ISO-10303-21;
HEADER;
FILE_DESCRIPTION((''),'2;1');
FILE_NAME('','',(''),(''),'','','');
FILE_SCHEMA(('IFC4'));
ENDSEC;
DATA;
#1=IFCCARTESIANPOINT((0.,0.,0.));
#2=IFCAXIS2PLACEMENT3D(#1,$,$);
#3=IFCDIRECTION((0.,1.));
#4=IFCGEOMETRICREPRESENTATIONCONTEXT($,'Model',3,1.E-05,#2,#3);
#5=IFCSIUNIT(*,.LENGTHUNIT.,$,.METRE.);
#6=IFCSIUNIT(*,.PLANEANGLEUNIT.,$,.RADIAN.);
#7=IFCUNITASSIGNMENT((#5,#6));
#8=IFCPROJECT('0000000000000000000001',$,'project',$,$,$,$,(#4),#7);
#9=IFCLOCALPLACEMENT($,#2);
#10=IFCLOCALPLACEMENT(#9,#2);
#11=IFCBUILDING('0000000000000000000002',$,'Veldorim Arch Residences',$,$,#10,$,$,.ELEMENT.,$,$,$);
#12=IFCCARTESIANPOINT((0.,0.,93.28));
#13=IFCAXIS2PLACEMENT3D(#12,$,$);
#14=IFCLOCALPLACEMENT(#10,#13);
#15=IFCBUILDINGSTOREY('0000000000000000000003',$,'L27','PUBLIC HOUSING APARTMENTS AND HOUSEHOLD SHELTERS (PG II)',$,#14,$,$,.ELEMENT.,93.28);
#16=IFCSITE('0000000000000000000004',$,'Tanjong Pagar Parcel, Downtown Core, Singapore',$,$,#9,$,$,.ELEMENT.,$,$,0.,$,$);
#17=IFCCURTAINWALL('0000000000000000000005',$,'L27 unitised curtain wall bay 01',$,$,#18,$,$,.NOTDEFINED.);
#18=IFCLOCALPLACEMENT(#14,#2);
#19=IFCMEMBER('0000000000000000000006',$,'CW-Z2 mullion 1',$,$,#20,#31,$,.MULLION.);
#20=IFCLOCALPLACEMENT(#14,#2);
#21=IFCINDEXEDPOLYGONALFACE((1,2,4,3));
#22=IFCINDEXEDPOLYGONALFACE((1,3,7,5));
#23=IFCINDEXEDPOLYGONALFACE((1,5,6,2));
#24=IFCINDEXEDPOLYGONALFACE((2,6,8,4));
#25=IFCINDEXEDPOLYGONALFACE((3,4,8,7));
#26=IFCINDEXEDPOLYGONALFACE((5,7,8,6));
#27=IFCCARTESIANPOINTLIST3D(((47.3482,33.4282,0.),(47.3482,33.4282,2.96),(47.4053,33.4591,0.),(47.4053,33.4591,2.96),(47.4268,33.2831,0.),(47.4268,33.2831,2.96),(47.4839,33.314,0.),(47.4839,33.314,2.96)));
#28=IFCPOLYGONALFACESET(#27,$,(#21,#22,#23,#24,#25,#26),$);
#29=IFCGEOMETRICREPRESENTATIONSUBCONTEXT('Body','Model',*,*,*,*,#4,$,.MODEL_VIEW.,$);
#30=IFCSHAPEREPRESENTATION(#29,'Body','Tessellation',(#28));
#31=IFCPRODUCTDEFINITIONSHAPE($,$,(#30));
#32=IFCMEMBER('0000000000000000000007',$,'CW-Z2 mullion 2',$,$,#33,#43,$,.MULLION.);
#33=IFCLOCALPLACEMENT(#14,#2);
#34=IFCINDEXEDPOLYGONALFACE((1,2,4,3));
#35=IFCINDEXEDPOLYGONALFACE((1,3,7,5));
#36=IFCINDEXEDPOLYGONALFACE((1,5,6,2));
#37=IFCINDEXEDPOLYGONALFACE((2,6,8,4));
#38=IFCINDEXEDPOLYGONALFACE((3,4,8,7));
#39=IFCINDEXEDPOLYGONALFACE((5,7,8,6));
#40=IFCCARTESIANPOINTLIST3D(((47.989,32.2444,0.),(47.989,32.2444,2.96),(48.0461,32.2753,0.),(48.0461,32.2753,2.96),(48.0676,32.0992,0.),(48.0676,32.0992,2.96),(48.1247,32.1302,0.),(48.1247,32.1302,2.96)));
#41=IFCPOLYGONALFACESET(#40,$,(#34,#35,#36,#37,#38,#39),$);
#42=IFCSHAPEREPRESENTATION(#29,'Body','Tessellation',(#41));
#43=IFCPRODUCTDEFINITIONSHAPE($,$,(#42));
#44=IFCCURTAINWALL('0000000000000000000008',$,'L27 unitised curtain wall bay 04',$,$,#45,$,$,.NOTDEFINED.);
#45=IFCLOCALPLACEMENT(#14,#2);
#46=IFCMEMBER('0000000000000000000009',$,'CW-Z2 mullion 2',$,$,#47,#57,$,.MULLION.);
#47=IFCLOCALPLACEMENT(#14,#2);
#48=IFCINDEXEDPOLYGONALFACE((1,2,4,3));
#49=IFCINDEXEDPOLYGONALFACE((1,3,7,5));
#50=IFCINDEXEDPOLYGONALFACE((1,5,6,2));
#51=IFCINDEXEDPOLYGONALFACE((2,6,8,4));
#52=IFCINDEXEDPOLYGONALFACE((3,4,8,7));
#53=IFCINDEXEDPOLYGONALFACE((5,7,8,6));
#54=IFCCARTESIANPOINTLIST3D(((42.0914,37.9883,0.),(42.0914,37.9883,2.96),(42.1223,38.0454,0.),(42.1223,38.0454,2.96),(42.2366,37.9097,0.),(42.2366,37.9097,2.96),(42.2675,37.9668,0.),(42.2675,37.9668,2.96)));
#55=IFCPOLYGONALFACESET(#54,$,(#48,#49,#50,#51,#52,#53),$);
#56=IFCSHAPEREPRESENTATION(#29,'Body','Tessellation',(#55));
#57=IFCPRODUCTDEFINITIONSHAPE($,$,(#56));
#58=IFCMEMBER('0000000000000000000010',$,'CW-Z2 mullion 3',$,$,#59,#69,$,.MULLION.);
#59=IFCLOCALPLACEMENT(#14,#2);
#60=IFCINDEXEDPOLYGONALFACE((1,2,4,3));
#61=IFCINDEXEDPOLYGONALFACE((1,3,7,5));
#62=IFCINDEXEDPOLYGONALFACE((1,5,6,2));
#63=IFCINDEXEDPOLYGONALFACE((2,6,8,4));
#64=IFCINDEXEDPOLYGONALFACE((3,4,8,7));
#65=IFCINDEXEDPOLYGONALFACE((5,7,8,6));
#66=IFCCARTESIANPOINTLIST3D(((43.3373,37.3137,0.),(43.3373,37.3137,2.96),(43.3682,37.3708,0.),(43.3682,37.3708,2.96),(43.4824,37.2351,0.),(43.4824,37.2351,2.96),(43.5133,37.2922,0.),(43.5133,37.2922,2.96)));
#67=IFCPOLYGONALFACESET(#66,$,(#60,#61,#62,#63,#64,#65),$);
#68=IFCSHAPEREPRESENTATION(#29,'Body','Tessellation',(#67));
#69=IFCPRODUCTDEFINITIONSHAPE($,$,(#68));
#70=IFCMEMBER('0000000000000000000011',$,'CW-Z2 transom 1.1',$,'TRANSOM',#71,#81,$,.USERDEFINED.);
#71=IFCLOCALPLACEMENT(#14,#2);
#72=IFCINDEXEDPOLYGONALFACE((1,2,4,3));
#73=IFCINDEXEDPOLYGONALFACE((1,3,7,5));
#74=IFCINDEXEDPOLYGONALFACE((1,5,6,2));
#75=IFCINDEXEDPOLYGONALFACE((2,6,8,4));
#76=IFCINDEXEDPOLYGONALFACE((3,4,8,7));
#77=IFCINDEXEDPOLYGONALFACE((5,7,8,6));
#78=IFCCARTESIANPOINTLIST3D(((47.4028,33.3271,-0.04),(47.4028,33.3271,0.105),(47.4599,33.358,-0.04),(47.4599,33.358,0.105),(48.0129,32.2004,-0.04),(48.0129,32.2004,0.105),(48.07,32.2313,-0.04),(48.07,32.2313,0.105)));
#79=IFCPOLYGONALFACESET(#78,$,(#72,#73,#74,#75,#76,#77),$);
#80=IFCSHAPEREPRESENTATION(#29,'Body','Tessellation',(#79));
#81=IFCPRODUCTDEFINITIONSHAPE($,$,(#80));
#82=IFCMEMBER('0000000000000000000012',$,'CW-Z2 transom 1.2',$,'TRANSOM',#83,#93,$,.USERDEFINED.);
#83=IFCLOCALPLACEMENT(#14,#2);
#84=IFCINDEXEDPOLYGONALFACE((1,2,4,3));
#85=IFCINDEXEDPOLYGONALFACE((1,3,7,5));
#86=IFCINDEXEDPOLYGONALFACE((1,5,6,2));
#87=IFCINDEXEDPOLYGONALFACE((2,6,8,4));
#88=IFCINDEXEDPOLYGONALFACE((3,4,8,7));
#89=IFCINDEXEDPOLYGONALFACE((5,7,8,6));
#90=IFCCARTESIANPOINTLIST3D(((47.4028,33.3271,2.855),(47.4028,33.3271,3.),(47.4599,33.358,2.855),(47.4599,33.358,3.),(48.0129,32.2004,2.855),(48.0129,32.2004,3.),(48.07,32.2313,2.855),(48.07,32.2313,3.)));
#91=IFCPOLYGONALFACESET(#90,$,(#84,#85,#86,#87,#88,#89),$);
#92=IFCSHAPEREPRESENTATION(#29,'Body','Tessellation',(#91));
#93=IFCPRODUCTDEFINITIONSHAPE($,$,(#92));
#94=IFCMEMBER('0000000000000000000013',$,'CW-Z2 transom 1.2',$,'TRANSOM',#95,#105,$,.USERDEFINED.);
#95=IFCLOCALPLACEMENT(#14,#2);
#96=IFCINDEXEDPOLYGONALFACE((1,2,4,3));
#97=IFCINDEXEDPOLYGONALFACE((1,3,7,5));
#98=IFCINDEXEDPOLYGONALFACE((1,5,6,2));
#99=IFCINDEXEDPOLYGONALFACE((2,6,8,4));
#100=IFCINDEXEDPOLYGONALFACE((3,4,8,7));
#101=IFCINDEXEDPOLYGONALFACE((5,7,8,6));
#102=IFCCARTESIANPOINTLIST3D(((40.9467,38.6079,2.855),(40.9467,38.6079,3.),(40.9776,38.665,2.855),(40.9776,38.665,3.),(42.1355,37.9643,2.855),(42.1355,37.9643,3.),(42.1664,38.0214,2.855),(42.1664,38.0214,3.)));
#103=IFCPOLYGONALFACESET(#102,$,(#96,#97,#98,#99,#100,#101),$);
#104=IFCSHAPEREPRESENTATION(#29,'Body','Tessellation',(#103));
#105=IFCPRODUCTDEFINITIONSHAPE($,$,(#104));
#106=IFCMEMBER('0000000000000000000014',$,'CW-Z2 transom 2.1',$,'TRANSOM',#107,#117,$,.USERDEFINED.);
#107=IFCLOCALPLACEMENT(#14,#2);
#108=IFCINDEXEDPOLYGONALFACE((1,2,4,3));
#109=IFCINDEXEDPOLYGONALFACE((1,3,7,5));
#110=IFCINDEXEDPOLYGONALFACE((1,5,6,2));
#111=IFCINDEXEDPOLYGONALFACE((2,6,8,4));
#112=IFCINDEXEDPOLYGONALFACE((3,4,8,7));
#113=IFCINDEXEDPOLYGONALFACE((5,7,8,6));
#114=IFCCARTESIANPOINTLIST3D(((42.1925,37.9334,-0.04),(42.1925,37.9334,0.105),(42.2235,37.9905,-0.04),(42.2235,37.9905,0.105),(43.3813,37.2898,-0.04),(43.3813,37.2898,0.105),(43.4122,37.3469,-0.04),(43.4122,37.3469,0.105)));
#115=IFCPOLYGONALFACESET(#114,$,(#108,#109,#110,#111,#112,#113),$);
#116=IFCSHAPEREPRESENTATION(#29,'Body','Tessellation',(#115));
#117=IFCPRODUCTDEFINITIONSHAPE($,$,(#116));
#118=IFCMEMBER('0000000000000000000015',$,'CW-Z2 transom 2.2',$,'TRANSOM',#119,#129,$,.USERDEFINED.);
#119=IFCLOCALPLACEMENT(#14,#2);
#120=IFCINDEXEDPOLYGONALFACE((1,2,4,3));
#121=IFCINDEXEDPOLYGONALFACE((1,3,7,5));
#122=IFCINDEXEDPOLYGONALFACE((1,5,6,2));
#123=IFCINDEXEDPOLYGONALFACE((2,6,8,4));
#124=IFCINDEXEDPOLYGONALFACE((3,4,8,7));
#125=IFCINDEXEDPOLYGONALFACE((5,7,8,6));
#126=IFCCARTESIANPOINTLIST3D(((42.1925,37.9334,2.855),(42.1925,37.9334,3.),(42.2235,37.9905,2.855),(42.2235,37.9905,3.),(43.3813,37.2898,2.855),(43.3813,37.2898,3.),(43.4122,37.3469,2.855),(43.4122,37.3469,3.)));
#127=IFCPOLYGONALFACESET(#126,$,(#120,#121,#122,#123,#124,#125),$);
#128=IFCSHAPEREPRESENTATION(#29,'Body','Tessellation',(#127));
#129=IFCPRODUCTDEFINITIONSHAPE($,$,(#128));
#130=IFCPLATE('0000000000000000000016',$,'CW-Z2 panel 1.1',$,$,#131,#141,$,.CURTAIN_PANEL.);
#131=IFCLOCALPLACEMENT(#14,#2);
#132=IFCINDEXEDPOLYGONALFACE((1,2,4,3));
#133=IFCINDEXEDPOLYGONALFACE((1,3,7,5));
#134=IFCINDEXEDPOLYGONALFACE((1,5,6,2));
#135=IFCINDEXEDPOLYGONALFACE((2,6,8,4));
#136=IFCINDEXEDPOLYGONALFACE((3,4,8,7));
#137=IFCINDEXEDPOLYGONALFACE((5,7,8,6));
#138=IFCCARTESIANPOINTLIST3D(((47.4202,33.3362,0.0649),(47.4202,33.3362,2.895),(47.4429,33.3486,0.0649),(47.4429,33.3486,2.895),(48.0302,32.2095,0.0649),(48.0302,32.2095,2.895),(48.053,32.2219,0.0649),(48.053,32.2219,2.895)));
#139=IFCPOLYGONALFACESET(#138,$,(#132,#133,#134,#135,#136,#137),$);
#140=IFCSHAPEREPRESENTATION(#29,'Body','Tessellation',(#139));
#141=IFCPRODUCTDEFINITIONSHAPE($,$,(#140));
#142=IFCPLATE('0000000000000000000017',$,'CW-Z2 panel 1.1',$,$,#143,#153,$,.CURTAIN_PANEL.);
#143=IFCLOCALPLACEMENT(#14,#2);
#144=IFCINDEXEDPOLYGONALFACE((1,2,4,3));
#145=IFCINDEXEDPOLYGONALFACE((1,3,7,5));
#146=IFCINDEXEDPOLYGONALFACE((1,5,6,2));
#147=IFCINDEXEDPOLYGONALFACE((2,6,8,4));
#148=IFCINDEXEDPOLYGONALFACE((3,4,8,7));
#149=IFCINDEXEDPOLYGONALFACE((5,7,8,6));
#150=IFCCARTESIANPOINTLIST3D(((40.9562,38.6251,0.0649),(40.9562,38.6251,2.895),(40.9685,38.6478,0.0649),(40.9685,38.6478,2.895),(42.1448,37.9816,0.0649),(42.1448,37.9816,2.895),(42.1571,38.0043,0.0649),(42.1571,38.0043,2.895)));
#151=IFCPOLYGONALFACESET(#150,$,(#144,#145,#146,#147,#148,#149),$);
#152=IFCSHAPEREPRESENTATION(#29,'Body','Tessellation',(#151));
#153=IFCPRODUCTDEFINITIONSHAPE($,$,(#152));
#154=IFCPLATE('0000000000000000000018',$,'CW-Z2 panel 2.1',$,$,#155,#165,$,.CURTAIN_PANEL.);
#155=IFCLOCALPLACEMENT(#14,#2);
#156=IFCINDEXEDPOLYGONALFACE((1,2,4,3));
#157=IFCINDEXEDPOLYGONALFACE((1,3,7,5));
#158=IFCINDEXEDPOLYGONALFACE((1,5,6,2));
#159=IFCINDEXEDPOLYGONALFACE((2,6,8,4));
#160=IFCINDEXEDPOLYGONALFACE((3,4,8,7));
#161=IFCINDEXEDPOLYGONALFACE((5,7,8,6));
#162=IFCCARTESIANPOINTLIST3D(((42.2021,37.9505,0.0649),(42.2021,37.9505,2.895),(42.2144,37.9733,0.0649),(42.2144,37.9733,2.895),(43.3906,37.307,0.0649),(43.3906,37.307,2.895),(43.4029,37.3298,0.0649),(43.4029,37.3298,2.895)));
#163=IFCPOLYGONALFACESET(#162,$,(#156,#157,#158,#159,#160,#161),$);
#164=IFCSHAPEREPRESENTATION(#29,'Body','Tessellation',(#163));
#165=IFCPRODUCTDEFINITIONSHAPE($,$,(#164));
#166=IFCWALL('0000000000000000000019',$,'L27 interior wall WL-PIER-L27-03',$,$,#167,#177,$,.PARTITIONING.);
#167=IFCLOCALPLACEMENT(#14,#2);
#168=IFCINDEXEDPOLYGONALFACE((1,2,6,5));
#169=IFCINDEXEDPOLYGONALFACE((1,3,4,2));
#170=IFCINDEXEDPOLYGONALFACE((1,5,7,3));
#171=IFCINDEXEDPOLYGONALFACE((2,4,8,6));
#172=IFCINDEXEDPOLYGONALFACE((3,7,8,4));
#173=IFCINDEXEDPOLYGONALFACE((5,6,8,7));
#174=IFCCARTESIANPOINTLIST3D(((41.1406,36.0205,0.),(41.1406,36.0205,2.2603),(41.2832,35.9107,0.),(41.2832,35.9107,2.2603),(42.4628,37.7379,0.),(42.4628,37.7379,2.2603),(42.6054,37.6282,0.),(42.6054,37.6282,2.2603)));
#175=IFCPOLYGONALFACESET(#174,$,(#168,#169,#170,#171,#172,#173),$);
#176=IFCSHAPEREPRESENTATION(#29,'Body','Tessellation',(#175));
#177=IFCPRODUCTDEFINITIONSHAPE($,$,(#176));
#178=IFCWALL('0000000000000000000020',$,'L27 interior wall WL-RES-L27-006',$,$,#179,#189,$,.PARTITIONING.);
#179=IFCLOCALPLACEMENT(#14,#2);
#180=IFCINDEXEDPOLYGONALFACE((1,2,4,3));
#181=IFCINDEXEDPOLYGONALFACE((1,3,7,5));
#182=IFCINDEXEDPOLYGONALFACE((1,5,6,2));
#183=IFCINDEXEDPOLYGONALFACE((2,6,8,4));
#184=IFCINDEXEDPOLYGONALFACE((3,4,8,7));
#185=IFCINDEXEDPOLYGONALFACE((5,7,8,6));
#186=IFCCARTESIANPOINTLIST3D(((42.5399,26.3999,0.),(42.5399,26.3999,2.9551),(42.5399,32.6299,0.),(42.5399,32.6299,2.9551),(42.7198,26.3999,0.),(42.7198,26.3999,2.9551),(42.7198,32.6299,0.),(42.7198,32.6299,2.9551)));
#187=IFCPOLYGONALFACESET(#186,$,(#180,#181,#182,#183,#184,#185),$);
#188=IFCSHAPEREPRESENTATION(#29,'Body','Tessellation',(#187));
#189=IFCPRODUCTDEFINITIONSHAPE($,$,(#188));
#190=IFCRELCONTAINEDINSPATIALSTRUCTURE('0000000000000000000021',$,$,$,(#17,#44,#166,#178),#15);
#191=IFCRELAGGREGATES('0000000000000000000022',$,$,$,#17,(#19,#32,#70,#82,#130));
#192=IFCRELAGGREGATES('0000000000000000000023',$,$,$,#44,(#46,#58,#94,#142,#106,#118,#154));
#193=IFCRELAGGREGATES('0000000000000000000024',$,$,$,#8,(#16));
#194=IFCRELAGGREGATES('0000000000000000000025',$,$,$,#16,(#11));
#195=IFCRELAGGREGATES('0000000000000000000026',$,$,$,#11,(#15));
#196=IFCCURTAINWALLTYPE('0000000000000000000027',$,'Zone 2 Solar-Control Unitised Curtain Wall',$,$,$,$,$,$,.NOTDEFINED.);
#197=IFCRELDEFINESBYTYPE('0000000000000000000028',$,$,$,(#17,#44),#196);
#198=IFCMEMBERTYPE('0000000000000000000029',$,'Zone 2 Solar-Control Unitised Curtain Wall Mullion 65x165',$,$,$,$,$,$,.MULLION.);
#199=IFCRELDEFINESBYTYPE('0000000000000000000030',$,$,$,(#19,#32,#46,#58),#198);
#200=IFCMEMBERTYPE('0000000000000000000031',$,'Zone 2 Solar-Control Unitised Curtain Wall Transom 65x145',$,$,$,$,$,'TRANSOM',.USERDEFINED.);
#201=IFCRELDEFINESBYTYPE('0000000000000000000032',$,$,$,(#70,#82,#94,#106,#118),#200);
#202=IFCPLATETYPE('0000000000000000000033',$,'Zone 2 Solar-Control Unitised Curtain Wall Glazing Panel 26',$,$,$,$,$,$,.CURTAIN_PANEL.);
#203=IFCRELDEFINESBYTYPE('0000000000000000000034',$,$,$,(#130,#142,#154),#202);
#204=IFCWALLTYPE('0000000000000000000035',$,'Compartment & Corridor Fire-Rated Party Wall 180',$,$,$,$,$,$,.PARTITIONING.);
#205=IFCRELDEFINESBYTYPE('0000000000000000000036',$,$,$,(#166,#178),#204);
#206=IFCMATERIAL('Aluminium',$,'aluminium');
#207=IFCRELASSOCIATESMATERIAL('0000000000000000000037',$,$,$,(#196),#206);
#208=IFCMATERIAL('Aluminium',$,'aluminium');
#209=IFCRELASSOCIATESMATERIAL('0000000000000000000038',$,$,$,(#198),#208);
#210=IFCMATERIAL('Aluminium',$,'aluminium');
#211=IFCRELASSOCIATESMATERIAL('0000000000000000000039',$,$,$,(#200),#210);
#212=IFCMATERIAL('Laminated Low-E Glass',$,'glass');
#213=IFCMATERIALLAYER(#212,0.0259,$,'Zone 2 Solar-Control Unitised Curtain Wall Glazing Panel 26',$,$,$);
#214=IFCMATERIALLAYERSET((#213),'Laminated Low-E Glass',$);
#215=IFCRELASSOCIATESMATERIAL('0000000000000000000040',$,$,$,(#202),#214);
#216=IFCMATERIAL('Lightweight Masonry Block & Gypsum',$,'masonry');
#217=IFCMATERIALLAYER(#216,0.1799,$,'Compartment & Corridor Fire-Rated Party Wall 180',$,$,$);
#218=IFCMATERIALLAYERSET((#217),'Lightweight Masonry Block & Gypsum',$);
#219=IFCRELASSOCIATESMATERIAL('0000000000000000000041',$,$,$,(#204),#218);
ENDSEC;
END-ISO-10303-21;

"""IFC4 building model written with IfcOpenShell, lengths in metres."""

from ifc_helpers import new_model, si_unit, direction, frame, frame_2d, origin, origin_2d, place, context, subcontext, project, spatial, rectangle, extrude, material, layer, layer_set, material_profile, profile_set, type_object, element, aggregate, save


model = new_model("IFC4")

# Units and contexts
model_context = context("Model", 3, precision=1e-05, world=origin(), true_north=direction((0.0, 1.0)))
body_context = subcontext(model_context, "Body", "Model", "MODEL_VIEW")
ifc_project = project(units=[si_unit("LENGTHUNIT", "METRE"), si_unit("PLANEANGLEUNIT", "RADIAN")], contexts=[model_context])

# Site, building, storey
site_placement = place(None, origin())
site = spatial("IfcSite", under=ifc_project, at=site_placement, Name="Tanjong Pagar Parcel, Downtown Core, Singapore", CompositionType="ELEMENT", RefElevation=0.0)
building_placement = place(site_placement, origin())
building = spatial("IfcBuilding", under=site, at=building_placement, Name="Veldorim Arch Residences", CompositionType="ELEMENT")
storey_placement = place(building_placement, frame((0.0, 0.0, 93.28)))
storey = spatial("IfcBuildingStorey", under=building, at=storey_placement, Name="L27", Description="PUBLIC HOUSING APARTMENTS AND HOUSEHOLD SHELTERS (PG II)", CompositionType="ELEMENT", Elevation=93.28)

# Curtain walls, members
ifc_material_1 = material(Name="Aluminium", Category="aluminium")
curtain_wall_type = type_object("IfcCurtainWallType", Name="Zone 2 Solar-Control Unitised Curtain Wall", PredefinedType="NOTDEFINED", material=ifc_material_1)
curtain_wall_1_placement = place(storey_placement, origin())
curtain_wall_1 = element("IfcCurtainWall", 1, at=curtain_wall_1_placement, inside=storey, type_object=curtain_wall_type, Name="L27 unitised curtain wall bay 01", PredefinedType="NOTDEFINED")
ifc_material_2 = material(Name="Aluminium", Category="aluminium")
ifc_material_profile_1 = material_profile(ifc_material_2, rectangle(XDim=0.0649, YDim=0.165, at=origin_2d()), Name="ALU_MUL_65x165")
ifc_profile_set_1 = profile_set([ifc_material_profile_1], Name="Aluminium")
member_type_1 = type_object("IfcMemberType", Name="Zone 2 Solar-Control Unitised Curtain Wall Mullion 65x165", PredefinedType="MULLION", material=ifc_profile_set_1)
member_1_placement = place(storey_placement, frame((47.416, 33.3711, 0.0), z_axis=(0.0, 0.0, 1.0), x_axis=(0.879366, 0.476146, 0.0)))
member_1 = element("IfcMember", 2, at=member_1_placement, type_object=member_type_1, Name="CW-Z2 mullion 1", PredefinedType="MULLION", context=body_context, shape_type="SweptSolid", body=[
    extrude(rectangle(XDim=0.0649, YDim=0.165, at=origin_2d()), origin(), (0.0, 0.0, 1.0), 2.96),
])
member_2_placement = place(storey_placement, frame((48.0569, 32.1873, 0.0), z_axis=(0.0, 0.0, 1.0), x_axis=(0.879366, 0.476146, 0.0)))
member_2 = element("IfcMember", 3, at=member_2_placement, type_object=member_type_1, Name="CW-Z2 mullion 2", PredefinedType="MULLION", context=body_context, shape_type="SweptSolid", body=[
    extrude(rectangle(XDim=0.0649, YDim=0.165, at=origin_2d()), origin(), (0.0, 0.0, 1.0), 2.96),
])
curtain_wall_2_placement = place(storey_placement, origin())
curtain_wall_2 = element("IfcCurtainWall", 4, at=curtain_wall_2_placement, inside=storey, type_object=curtain_wall_type, Name="L27 unitised curtain wall bay 04", PredefinedType="NOTDEFINED")
member_3_placement = place(storey_placement, frame((42.1794, 37.9775, 0.0), z_axis=(0.0, 0.0, 1.0), x_axis=(0.476096, 0.879393, 0.0)))
member_3 = element("IfcMember", 5, at=member_3_placement, type_object=member_type_1, Name="CW-Z2 mullion 2", PredefinedType="MULLION", context=body_context, shape_type="SweptSolid", body=[
    extrude(rectangle(XDim=0.0649, YDim=0.165, at=origin_2d()), origin(), (0.0, 0.0, 1.0), 2.96),
])
member_4_placement = place(storey_placement, frame((43.4253, 37.303, 0.0), z_axis=(0.0, 0.0, 1.0), x_axis=(0.476096, 0.879393, 0.0)))
member_4 = element("IfcMember", 6, at=member_4_placement, type_object=member_type_1, Name="CW-Z2 mullion 3", PredefinedType="MULLION", context=body_context, shape_type="SweptSolid", body=[
    extrude(rectangle(XDim=0.0649, YDim=0.165, at=origin_2d()), origin(), (0.0, 0.0, 1.0), 2.96),
])

# Members
ifc_material_3 = material(Name="Aluminium", Category="aluminium")
ifc_material_profile_2 = material_profile(ifc_material_3, rectangle(XDim=0.0649, YDim=0.145, at=origin_2d()), Name="ALU_TRN_65x145")
ifc_profile_set_2 = profile_set([ifc_material_profile_2], Name="Aluminium")
member_type_2 = type_object("IfcMemberType", Name="Zone 2 Solar-Control Unitised Curtain Wall Transom 65x145", ElementType="TRANSOM", PredefinedType="USERDEFINED", material=ifc_profile_set_2)
member_5_placement = place(storey_placement, frame((47.4314, 33.3425, 0.0325), z_axis=(0.476167, -0.879355, 0.0), x_axis=(0.879355, 0.476167, 0.0)))
member_5 = element("IfcMember", 7, at=member_5_placement, type_object=member_type_2, Name="CW-Z2 transom 1.1", ObjectType="TRANSOM", PredefinedType="USERDEFINED", context=body_context, shape_type="SweptSolid", body=[
    extrude(rectangle(XDim=0.0649, YDim=0.145, at=origin_2d()), origin(), (0.0, 0.0, 1.0), 1.2812),
])
member_6_placement = place(storey_placement, frame((47.4314, 33.3425, 2.9275), z_axis=(0.476167, -0.879355, 0.0), x_axis=(0.879355, 0.476167, 0.0)))
member_6 = element("IfcMember", 8, at=member_6_placement, type_object=member_type_2, Name="CW-Z2 transom 1.2", ObjectType="TRANSOM", PredefinedType="USERDEFINED", context=body_context, shape_type="SweptSolid", body=[
    extrude(rectangle(XDim=0.0649, YDim=0.145, at=origin_2d()), origin(), (0.0, 0.0, 1.0), 1.2812),
])
member_7_placement = place(storey_placement, frame((40.9622, 38.6365, 2.9275), z_axis=(0.879396, -0.476091, 0.0), x_axis=(0.476091, 0.879396, 0.0)))
member_7 = element("IfcMember", 9, at=member_7_placement, type_object=member_type_2, Name="CW-Z2 transom 1.2", ObjectType="TRANSOM", PredefinedType="USERDEFINED", context=body_context, shape_type="SweptSolid", body=[
    extrude(rectangle(XDim=0.0649, YDim=0.145, at=origin_2d()), origin(), (0.0, 0.0, 1.0), 1.3518),
])
member_8_placement = place(storey_placement, frame((42.208, 37.9619, 0.0325), z_axis=(0.879396, -0.476091, 0.0), x_axis=(0.476091, 0.879396, 0.0)))
member_8 = element("IfcMember", 10, at=member_8_placement, type_object=member_type_2, Name="CW-Z2 transom 2.1", ObjectType="TRANSOM", PredefinedType="USERDEFINED", context=body_context, shape_type="SweptSolid", body=[
    extrude(rectangle(XDim=0.0649, YDim=0.145, at=origin_2d()), origin(), (0.0, 0.0, 1.0), 1.3518),
])
member_9_placement = place(storey_placement, frame((42.208, 37.9619, 2.9275), z_axis=(0.879396, -0.476091, 0.0), x_axis=(0.476091, 0.879396, 0.0)))
member_9 = element("IfcMember", 11, at=member_9_placement, type_object=member_type_2, Name="CW-Z2 transom 2.2", ObjectType="TRANSOM", PredefinedType="USERDEFINED", context=body_context, shape_type="SweptSolid", body=[
    extrude(rectangle(XDim=0.0649, YDim=0.145, at=origin_2d()), origin(), (0.0, 0.0, 1.0), 1.3518),
])

# Plates
ifc_material_4 = material(Name="Laminated Low-E Glass", Category="glass")
ifc_layer_1 = layer(ifc_material_4, 0.0259, Name="Zone 2 Solar-Control Unitised Curtain Wall Glazing Panel 26")
ifc_layer_set_1 = layer_set([ifc_layer_1], Name="Laminated Low-E Glass")
plate_type = type_object("IfcPlateType", Name="Zone 2 Solar-Control Unitised Curtain Wall Glazing Panel 26", PredefinedType="CURTAIN_PANEL", material=ifc_layer_set_1)
plate_1_placement = place(storey_placement, frame((47.7366, 32.7791, 0.0649), z_axis=(0.0, 0.0, 1.0), x_axis=(0.476146, -0.879366, 0.0)))
plate_1 = element("IfcPlate", 12, at=plate_1_placement, type_object=plate_type, Name="CW-Z2 panel 1.1", PredefinedType="CURTAIN_PANEL", context=body_context, shape_type="SweptSolid", body=[
    extrude(rectangle(XDim=1.2812, YDim=0.0259, at=origin_2d()), origin(), (0.0, 0.0, 1.0), 2.8301),
])
aggregate(curtain_wall_1, [member_1, member_2, member_5, member_6, plate_1])
plate_2_placement = place(storey_placement, frame((41.5566, 38.3147, 0.0649), z_axis=(0.0, 0.0, 1.0), x_axis=(0.879393, -0.476096, 0.0)))
plate_2 = element("IfcPlate", 13, at=plate_2_placement, type_object=plate_type, Name="CW-Z2 panel 1.1", PredefinedType="CURTAIN_PANEL", context=body_context, shape_type="SweptSolid", body=[
    extrude(rectangle(XDim=1.3516, YDim=0.0259, at=origin_2d()), origin(), (0.0, 0.0, 1.0), 2.8301),
])
plate_3_placement = place(storey_placement, frame((42.8025, 37.6401, 0.0649), z_axis=(0.0, 0.0, 1.0), x_axis=(0.879393, -0.476096, 0.0)))
plate_3 = element("IfcPlate", 14, at=plate_3_placement, type_object=plate_type, Name="CW-Z2 panel 2.1", PredefinedType="CURTAIN_PANEL", context=body_context, shape_type="SweptSolid", body=[
    extrude(rectangle(XDim=1.3516, YDim=0.0259, at=origin_2d()), origin(), (0.0, 0.0, 1.0), 2.8301),
])
aggregate(curtain_wall_2, [member_3, member_4, member_7, plate_2, member_8, member_9, plate_3])

# Walls
ifc_material_5 = material(Name="Lightweight Masonry Block & Gypsum", Category="masonry")
ifc_layer_2 = layer(ifc_material_5, 0.1799, Name="Compartment & Corridor Fire-Rated Party Wall 180")
ifc_layer_set_2 = layer_set([ifc_layer_2], Name="Lightweight Masonry Block & Gypsum")
wall_type_1 = type_object("IfcWallType", Name="Compartment & Corridor Fire-Rated Party Wall 180", PredefinedType="PARTITIONING", material=ifc_layer_set_2)
wall_1_placement = place(storey_placement, frame((41.2119, 35.9656, 0.0), z_axis=(0.0, 0.0, 1.0), x_axis=(0.610026, 0.792381, 0.0)))
element("IfcWall", 15, at=wall_1_placement, inside=storey, type_object=wall_type_1, Name="L27 interior wall WL-PIER-L27-03", PredefinedType="PARTITIONING", context=body_context, shape_type="SweptSolid", body=[
    extrude(rectangle(XDim=2.1675, YDim=0.1799, at=frame_2d((1.0837, 0.0))), origin(), (0.0, 0.0, 1.0), 2.2603),
])
wall_2_placement = place(storey_placement, frame((42.6299, 32.6299, 0.0), z_axis=(0.0, 0.0, 1.0), x_axis=(0.0, -1.0, 0.0)))
element("IfcWall", 16, at=wall_2_placement, inside=storey, type_object=wall_type_1, Name="L27 interior wall WL-RES-L27-006", PredefinedType="PARTITIONING", context=body_context, shape_type="SweptSolid", body=[
    extrude(rectangle(XDim=6.23, YDim=0.1799, at=frame_2d((3.115, 0.0))), origin(), (0.0, 0.0, 1.0), 2.9551),
])

save(model, "model.ifc")
